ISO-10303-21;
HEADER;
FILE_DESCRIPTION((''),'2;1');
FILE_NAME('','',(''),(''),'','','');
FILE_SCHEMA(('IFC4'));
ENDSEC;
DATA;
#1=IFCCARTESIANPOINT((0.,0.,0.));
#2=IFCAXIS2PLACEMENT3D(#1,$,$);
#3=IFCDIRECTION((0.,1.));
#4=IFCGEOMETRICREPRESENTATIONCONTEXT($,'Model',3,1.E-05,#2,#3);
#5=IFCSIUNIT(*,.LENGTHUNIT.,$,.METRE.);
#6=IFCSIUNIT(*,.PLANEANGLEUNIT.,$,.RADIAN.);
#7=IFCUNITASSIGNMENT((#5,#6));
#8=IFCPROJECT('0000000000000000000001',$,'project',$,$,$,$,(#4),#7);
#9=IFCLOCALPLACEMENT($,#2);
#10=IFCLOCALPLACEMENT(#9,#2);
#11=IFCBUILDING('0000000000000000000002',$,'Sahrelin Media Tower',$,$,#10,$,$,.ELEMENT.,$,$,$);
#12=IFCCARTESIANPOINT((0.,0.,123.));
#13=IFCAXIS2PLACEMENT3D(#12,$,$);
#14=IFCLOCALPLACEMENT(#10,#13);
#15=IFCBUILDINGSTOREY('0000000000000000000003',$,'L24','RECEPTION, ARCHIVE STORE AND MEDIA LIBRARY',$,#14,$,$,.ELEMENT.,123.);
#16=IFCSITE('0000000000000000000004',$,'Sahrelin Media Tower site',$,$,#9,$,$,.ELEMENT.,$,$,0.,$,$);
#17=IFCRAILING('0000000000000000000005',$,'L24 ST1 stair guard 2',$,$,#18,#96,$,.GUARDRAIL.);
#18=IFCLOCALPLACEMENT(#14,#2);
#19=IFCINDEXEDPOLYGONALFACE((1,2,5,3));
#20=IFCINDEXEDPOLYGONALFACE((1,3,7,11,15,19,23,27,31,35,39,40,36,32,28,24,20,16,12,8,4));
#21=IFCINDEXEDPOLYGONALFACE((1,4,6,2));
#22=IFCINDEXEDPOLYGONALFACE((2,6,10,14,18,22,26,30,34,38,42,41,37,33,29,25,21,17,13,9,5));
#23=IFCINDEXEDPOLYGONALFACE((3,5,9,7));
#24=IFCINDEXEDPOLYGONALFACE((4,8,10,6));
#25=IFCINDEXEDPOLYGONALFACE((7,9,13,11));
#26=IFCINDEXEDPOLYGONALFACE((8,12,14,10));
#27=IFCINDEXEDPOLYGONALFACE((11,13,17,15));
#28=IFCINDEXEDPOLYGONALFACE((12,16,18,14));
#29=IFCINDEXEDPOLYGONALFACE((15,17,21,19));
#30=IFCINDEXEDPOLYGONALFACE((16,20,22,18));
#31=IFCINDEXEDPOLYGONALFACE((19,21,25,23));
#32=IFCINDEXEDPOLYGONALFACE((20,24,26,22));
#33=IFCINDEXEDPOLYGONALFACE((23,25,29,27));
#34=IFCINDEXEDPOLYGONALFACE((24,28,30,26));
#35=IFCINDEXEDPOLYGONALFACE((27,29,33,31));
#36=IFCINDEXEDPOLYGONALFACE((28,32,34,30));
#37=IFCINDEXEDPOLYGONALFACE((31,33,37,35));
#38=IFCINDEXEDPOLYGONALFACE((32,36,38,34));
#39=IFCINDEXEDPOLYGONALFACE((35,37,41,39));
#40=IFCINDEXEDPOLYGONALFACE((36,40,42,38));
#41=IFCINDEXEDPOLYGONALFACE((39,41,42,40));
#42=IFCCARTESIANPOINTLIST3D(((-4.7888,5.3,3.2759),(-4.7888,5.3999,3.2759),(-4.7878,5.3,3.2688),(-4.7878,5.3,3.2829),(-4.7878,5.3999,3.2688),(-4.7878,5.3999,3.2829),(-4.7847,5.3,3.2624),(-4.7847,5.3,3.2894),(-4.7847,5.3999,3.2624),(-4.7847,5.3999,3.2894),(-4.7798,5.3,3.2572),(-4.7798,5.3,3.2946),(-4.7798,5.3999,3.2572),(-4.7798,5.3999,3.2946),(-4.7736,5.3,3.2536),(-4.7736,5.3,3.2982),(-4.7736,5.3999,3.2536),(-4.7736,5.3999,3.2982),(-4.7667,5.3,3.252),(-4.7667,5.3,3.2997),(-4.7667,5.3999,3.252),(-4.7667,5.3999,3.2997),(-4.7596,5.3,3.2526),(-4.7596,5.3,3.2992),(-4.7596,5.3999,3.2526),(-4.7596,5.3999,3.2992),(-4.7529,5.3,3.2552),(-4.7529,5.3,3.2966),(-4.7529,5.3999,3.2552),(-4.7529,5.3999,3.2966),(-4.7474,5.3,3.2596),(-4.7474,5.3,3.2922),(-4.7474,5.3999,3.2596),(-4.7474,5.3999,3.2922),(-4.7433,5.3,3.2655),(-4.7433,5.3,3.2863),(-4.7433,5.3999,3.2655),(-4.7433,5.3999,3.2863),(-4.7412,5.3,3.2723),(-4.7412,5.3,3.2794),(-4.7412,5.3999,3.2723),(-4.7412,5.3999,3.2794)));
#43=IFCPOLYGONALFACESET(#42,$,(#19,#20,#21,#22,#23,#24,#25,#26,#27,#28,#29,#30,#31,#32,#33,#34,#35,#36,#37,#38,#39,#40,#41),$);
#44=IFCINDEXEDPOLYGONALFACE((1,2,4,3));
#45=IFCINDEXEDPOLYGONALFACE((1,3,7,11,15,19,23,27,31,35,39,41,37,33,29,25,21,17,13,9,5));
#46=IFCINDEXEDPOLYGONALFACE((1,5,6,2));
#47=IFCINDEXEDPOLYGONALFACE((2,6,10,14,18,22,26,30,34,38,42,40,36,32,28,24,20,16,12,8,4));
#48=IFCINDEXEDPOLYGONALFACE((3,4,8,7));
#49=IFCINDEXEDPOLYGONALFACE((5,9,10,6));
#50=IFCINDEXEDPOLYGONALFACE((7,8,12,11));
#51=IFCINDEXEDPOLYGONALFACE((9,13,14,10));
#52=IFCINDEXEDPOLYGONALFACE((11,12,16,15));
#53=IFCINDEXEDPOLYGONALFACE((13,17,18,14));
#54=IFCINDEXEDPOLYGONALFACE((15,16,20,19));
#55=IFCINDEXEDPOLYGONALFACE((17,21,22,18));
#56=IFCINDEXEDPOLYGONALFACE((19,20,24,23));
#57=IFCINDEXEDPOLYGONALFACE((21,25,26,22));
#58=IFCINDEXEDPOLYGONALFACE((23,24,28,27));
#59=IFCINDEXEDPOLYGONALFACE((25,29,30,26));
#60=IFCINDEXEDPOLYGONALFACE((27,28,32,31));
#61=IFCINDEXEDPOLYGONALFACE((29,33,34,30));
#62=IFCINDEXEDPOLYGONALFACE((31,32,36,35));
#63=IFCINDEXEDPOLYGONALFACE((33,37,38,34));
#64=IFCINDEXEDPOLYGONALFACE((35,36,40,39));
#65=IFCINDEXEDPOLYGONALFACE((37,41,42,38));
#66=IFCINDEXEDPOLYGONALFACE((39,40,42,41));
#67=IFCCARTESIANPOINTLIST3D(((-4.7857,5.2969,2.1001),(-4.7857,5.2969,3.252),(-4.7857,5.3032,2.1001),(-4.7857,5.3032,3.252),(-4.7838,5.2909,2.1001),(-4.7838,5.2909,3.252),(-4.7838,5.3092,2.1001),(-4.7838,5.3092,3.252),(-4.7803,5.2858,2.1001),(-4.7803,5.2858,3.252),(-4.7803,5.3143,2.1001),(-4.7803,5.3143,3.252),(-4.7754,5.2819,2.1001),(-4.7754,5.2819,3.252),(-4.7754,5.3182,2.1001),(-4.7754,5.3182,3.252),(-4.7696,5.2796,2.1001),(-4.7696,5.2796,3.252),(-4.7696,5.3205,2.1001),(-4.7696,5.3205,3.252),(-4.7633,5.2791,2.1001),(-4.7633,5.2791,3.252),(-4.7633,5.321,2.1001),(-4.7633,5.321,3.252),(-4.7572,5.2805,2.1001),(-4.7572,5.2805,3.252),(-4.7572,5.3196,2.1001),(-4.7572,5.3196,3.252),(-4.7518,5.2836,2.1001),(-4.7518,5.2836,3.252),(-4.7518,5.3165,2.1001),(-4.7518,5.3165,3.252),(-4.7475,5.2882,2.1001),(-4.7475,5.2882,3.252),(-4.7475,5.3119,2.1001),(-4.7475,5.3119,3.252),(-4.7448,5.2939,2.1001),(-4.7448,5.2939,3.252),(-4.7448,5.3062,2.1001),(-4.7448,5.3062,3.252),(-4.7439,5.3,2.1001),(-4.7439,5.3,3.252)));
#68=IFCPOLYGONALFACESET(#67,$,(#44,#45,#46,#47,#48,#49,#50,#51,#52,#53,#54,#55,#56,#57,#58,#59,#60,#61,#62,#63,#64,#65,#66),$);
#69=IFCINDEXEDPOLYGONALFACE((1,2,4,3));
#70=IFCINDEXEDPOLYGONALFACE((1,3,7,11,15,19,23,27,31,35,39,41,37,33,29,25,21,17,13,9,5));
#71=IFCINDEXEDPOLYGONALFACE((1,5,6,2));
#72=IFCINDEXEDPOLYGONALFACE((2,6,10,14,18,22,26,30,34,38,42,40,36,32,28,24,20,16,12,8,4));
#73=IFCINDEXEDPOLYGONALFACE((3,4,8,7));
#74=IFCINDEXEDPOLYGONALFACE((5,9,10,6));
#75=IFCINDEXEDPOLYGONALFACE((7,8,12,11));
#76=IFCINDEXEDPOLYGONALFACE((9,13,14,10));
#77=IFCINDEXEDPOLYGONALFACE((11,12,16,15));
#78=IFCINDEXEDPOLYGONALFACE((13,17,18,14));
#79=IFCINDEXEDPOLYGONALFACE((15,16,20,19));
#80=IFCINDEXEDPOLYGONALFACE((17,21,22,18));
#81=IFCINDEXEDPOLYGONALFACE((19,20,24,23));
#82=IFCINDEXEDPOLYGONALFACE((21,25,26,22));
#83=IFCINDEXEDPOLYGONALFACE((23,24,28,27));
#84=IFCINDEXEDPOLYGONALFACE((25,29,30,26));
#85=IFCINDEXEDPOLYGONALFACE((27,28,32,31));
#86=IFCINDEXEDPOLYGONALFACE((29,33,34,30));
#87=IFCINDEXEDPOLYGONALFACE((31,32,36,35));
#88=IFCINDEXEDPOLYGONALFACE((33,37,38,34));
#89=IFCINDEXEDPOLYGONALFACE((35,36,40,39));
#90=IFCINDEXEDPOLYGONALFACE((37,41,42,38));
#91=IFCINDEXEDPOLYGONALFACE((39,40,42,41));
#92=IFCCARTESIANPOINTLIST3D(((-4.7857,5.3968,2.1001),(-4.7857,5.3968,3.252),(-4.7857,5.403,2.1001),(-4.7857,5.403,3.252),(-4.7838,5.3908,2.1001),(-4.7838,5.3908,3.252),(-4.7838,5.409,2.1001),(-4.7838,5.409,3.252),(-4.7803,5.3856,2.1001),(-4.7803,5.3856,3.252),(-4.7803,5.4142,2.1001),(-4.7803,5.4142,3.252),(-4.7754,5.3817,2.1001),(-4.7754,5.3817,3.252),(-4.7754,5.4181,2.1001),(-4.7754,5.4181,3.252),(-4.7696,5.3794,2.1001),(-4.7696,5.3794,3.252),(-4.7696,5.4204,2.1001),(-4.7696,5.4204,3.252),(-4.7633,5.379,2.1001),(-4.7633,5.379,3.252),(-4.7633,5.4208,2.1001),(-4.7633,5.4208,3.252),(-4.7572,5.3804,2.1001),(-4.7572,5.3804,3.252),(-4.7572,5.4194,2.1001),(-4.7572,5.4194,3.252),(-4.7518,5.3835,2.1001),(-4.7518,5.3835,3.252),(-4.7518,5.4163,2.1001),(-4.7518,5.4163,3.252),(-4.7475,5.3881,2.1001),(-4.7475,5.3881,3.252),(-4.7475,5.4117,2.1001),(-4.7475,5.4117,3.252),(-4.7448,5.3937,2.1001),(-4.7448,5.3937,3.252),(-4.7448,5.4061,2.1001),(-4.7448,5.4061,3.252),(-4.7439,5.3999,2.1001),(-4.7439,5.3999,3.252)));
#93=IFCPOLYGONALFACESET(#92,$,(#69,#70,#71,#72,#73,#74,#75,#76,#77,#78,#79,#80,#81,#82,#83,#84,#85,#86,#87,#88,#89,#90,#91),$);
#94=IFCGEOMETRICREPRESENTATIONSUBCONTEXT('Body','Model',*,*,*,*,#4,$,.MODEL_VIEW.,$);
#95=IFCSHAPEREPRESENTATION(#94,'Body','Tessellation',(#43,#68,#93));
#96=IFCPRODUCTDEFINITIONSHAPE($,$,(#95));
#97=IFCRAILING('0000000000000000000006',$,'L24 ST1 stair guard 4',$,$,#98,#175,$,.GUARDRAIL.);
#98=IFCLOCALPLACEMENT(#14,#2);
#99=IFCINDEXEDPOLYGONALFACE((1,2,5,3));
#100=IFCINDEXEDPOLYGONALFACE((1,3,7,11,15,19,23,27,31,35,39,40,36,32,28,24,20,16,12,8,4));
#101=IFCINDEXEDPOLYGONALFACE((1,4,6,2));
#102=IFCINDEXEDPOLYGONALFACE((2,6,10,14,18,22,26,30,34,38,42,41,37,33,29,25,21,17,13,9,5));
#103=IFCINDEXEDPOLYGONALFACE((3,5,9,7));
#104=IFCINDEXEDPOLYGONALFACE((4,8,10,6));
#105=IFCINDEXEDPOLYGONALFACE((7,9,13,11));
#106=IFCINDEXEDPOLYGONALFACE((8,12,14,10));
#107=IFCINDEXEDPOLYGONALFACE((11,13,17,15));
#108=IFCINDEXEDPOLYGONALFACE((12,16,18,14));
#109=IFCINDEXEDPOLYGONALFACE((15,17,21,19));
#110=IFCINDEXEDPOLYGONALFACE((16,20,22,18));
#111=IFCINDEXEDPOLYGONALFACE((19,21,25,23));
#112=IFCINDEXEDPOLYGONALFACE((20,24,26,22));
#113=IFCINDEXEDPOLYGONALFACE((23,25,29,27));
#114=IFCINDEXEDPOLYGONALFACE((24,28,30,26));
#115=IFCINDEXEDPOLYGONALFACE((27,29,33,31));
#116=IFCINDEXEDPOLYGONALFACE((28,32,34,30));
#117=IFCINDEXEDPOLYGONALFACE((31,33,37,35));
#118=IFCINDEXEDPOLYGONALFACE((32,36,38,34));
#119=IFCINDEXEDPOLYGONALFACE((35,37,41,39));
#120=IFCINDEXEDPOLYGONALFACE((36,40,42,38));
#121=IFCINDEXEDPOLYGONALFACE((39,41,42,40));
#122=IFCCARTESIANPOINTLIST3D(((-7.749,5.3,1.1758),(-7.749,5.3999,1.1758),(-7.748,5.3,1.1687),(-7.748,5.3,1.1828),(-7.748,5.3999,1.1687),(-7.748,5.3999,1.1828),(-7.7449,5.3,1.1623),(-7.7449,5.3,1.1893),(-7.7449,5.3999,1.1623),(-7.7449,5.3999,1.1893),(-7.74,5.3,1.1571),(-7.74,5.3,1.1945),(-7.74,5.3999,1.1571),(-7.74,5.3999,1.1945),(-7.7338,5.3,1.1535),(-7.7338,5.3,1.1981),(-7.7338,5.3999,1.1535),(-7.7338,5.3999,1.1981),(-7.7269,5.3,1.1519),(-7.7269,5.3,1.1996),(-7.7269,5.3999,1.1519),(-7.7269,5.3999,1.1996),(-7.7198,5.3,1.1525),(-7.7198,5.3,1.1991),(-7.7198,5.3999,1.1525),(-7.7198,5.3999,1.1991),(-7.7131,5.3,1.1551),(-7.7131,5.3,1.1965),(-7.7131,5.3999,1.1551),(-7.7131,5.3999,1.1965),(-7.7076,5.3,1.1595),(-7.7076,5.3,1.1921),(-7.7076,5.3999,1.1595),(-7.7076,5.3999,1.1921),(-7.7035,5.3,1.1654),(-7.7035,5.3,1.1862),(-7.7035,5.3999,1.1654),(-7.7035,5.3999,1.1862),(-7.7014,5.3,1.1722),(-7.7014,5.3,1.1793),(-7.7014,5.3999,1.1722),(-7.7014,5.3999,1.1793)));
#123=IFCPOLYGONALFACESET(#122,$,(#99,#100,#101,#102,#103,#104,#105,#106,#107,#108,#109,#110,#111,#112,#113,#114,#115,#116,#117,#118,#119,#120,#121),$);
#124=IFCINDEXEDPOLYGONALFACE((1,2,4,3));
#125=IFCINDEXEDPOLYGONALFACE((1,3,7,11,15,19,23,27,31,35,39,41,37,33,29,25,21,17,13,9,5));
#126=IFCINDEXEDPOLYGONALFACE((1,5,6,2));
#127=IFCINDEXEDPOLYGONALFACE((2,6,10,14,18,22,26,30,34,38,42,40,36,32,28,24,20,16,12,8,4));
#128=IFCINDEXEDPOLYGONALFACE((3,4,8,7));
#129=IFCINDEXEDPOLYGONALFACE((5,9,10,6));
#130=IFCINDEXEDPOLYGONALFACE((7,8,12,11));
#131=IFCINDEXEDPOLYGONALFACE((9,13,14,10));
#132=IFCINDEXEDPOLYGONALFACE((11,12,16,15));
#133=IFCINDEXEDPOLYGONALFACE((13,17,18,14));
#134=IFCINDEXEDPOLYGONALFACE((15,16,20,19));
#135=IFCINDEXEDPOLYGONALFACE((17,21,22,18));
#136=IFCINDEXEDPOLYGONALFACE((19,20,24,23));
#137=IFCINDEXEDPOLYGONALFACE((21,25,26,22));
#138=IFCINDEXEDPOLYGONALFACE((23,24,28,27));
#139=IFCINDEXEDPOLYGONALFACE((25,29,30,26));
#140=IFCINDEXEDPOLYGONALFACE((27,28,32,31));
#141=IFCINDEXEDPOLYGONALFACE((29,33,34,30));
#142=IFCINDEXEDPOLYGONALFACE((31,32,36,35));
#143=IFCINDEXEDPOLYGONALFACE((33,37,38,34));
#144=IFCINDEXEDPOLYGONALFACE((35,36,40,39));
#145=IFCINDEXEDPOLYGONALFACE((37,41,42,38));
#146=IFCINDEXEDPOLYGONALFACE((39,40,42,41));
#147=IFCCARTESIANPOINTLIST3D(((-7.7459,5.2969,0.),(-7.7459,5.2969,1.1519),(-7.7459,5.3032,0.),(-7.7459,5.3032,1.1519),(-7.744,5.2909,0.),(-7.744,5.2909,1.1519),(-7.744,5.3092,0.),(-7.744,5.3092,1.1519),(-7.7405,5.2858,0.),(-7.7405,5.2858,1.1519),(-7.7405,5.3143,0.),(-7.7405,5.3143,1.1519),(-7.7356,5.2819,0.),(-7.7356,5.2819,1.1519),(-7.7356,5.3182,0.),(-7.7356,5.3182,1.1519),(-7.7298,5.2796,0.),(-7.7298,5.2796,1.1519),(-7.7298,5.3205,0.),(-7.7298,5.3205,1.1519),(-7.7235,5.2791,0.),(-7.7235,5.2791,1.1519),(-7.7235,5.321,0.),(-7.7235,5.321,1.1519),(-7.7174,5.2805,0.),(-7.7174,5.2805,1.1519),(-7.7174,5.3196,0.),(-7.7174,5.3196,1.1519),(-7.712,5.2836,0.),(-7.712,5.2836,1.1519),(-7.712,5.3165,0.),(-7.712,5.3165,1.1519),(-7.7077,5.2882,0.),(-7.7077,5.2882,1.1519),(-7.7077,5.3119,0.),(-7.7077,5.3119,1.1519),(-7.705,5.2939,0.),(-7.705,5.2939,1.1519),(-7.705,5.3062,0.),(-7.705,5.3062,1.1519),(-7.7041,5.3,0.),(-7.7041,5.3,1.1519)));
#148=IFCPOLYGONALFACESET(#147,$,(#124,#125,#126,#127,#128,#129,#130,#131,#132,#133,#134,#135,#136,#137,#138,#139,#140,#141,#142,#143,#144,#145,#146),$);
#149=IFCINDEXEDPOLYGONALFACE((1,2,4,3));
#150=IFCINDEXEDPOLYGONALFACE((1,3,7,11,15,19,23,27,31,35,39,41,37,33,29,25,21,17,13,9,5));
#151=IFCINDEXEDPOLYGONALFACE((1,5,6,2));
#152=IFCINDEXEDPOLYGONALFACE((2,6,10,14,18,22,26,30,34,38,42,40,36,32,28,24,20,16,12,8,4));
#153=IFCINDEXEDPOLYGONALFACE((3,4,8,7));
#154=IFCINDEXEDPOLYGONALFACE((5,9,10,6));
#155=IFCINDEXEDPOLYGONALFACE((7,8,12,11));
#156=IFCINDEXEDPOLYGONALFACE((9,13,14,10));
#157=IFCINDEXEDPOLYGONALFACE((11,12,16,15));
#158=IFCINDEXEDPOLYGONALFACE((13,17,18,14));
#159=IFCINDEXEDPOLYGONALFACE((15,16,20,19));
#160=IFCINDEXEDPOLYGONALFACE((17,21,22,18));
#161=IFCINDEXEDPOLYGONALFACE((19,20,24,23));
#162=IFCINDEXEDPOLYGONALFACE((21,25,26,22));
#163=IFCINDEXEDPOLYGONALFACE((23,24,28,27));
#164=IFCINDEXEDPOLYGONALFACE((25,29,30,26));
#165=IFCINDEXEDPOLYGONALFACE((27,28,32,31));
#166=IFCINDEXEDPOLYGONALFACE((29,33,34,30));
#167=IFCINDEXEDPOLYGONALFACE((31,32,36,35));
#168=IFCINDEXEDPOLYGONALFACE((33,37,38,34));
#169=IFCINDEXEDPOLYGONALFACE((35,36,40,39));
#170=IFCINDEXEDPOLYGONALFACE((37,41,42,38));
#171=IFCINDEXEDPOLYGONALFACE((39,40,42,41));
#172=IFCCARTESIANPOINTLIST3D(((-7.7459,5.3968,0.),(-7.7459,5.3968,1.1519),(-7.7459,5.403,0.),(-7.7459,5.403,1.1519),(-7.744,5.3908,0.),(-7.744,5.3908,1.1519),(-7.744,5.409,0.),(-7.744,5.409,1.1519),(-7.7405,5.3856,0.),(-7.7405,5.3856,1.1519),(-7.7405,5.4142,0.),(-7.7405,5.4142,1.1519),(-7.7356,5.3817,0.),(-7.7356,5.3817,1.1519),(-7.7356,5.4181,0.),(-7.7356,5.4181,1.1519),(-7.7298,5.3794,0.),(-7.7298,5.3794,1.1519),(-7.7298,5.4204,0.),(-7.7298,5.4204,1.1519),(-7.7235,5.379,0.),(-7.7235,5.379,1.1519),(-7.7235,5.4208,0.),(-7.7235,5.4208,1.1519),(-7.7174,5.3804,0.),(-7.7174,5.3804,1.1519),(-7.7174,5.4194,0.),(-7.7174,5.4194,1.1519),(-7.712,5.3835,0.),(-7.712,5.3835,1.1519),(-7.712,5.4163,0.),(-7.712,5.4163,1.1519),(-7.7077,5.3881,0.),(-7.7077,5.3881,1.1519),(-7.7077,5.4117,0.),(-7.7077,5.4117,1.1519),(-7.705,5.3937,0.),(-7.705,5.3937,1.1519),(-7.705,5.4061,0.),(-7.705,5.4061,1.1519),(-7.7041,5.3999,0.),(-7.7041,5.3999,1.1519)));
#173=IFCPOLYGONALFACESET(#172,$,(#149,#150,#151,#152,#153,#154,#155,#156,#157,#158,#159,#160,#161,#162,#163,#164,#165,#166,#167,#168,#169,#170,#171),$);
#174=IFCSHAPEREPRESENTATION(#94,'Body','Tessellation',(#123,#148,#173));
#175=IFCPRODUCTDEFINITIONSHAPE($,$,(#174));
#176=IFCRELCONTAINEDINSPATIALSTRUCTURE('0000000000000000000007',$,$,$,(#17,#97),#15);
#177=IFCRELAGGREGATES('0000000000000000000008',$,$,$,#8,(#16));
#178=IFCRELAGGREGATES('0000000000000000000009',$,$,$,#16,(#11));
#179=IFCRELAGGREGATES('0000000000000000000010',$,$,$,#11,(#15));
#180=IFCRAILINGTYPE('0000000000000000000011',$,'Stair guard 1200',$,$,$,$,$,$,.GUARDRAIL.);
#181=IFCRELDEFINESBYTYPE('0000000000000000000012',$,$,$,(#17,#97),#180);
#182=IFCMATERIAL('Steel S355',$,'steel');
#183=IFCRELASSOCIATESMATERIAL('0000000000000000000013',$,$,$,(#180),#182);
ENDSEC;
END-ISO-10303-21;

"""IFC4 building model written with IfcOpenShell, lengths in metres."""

from ifc_helpers import new_model, si_unit, direction, frame, origin, origin_2d, place, context, subcontext, project, spatial, circle, extrude, material, type_object, element, save


model = new_model("IFC4")

# Units and contexts
model_context = context("Model", 3, precision=1e-05, world=origin(), true_north=direction((0.0, 1.0)))
body_context = subcontext(model_context, "Body", "Model", "MODEL_VIEW")
ifc_project = project(units=[si_unit("LENGTHUNIT", "METRE"), si_unit("PLANEANGLEUNIT", "RADIAN")], contexts=[model_context])

# Site, building, storey
site_placement = place(None, origin())
site = spatial("IfcSite", under=ifc_project, at=site_placement, Name="Sahrelin Media Tower site", CompositionType="ELEMENT", RefElevation=0.0)
building_placement = place(site_placement, origin())
building = spatial("IfcBuilding", under=site, at=building_placement, Name="Sahrelin Media Tower", CompositionType="ELEMENT")
storey_placement = place(building_placement, frame((0.0, 0.0, 123.0)))
storey = spatial("IfcBuildingStorey", under=building, at=storey_placement, Name="L24", Description="RECEPTION, ARCHIVE STORE AND MEDIA LIBRARY", CompositionType="ELEMENT", Elevation=123.0)

# Shared definitions
ifc_material_1 = material(Name="Steel S355", Category="steel")

# Railings
railing_type_1 = type_object("IfcRailingType", Name="Stair guard 1200", PredefinedType="GUARDRAIL", material=ifc_material_1)
for number, where, name in (
    (1, (-4.7649, 5.3, 2.1001), "L24 ST1 stair guard 2"),
    (2, (-7.7251, 5.3, 0.0), "L24 ST1 stair guard 4"),
):
    element("IfcRailing", number, at=place(storey_placement, frame(where)), inside=storey, type_object=railing_type_1, Name=name, PredefinedType="GUARDRAIL", context=body_context, shape_type="SweptSolid", body=[
        extrude(circle(Radius=0.0239, at=origin_2d()), frame((0.0, 0.0, 1.1758), z_axis=(0.0, 1.0, 0.0), x_axis=(-1.0, 0.0, 0.0)), (0.0, 0.0, 1.0), 0.0999),
        extrude(circle(Radius=0.021, at=origin_2d()), origin(), (0.0, 0.0, 1.0), 1.1519),
        extrude(circle(Radius=0.021, at=origin_2d()), frame((0.0, 0.0999, 0.0)), (0.0, 0.0, 1.0), 1.1519),
    ])

save(model, "model.ifc")
